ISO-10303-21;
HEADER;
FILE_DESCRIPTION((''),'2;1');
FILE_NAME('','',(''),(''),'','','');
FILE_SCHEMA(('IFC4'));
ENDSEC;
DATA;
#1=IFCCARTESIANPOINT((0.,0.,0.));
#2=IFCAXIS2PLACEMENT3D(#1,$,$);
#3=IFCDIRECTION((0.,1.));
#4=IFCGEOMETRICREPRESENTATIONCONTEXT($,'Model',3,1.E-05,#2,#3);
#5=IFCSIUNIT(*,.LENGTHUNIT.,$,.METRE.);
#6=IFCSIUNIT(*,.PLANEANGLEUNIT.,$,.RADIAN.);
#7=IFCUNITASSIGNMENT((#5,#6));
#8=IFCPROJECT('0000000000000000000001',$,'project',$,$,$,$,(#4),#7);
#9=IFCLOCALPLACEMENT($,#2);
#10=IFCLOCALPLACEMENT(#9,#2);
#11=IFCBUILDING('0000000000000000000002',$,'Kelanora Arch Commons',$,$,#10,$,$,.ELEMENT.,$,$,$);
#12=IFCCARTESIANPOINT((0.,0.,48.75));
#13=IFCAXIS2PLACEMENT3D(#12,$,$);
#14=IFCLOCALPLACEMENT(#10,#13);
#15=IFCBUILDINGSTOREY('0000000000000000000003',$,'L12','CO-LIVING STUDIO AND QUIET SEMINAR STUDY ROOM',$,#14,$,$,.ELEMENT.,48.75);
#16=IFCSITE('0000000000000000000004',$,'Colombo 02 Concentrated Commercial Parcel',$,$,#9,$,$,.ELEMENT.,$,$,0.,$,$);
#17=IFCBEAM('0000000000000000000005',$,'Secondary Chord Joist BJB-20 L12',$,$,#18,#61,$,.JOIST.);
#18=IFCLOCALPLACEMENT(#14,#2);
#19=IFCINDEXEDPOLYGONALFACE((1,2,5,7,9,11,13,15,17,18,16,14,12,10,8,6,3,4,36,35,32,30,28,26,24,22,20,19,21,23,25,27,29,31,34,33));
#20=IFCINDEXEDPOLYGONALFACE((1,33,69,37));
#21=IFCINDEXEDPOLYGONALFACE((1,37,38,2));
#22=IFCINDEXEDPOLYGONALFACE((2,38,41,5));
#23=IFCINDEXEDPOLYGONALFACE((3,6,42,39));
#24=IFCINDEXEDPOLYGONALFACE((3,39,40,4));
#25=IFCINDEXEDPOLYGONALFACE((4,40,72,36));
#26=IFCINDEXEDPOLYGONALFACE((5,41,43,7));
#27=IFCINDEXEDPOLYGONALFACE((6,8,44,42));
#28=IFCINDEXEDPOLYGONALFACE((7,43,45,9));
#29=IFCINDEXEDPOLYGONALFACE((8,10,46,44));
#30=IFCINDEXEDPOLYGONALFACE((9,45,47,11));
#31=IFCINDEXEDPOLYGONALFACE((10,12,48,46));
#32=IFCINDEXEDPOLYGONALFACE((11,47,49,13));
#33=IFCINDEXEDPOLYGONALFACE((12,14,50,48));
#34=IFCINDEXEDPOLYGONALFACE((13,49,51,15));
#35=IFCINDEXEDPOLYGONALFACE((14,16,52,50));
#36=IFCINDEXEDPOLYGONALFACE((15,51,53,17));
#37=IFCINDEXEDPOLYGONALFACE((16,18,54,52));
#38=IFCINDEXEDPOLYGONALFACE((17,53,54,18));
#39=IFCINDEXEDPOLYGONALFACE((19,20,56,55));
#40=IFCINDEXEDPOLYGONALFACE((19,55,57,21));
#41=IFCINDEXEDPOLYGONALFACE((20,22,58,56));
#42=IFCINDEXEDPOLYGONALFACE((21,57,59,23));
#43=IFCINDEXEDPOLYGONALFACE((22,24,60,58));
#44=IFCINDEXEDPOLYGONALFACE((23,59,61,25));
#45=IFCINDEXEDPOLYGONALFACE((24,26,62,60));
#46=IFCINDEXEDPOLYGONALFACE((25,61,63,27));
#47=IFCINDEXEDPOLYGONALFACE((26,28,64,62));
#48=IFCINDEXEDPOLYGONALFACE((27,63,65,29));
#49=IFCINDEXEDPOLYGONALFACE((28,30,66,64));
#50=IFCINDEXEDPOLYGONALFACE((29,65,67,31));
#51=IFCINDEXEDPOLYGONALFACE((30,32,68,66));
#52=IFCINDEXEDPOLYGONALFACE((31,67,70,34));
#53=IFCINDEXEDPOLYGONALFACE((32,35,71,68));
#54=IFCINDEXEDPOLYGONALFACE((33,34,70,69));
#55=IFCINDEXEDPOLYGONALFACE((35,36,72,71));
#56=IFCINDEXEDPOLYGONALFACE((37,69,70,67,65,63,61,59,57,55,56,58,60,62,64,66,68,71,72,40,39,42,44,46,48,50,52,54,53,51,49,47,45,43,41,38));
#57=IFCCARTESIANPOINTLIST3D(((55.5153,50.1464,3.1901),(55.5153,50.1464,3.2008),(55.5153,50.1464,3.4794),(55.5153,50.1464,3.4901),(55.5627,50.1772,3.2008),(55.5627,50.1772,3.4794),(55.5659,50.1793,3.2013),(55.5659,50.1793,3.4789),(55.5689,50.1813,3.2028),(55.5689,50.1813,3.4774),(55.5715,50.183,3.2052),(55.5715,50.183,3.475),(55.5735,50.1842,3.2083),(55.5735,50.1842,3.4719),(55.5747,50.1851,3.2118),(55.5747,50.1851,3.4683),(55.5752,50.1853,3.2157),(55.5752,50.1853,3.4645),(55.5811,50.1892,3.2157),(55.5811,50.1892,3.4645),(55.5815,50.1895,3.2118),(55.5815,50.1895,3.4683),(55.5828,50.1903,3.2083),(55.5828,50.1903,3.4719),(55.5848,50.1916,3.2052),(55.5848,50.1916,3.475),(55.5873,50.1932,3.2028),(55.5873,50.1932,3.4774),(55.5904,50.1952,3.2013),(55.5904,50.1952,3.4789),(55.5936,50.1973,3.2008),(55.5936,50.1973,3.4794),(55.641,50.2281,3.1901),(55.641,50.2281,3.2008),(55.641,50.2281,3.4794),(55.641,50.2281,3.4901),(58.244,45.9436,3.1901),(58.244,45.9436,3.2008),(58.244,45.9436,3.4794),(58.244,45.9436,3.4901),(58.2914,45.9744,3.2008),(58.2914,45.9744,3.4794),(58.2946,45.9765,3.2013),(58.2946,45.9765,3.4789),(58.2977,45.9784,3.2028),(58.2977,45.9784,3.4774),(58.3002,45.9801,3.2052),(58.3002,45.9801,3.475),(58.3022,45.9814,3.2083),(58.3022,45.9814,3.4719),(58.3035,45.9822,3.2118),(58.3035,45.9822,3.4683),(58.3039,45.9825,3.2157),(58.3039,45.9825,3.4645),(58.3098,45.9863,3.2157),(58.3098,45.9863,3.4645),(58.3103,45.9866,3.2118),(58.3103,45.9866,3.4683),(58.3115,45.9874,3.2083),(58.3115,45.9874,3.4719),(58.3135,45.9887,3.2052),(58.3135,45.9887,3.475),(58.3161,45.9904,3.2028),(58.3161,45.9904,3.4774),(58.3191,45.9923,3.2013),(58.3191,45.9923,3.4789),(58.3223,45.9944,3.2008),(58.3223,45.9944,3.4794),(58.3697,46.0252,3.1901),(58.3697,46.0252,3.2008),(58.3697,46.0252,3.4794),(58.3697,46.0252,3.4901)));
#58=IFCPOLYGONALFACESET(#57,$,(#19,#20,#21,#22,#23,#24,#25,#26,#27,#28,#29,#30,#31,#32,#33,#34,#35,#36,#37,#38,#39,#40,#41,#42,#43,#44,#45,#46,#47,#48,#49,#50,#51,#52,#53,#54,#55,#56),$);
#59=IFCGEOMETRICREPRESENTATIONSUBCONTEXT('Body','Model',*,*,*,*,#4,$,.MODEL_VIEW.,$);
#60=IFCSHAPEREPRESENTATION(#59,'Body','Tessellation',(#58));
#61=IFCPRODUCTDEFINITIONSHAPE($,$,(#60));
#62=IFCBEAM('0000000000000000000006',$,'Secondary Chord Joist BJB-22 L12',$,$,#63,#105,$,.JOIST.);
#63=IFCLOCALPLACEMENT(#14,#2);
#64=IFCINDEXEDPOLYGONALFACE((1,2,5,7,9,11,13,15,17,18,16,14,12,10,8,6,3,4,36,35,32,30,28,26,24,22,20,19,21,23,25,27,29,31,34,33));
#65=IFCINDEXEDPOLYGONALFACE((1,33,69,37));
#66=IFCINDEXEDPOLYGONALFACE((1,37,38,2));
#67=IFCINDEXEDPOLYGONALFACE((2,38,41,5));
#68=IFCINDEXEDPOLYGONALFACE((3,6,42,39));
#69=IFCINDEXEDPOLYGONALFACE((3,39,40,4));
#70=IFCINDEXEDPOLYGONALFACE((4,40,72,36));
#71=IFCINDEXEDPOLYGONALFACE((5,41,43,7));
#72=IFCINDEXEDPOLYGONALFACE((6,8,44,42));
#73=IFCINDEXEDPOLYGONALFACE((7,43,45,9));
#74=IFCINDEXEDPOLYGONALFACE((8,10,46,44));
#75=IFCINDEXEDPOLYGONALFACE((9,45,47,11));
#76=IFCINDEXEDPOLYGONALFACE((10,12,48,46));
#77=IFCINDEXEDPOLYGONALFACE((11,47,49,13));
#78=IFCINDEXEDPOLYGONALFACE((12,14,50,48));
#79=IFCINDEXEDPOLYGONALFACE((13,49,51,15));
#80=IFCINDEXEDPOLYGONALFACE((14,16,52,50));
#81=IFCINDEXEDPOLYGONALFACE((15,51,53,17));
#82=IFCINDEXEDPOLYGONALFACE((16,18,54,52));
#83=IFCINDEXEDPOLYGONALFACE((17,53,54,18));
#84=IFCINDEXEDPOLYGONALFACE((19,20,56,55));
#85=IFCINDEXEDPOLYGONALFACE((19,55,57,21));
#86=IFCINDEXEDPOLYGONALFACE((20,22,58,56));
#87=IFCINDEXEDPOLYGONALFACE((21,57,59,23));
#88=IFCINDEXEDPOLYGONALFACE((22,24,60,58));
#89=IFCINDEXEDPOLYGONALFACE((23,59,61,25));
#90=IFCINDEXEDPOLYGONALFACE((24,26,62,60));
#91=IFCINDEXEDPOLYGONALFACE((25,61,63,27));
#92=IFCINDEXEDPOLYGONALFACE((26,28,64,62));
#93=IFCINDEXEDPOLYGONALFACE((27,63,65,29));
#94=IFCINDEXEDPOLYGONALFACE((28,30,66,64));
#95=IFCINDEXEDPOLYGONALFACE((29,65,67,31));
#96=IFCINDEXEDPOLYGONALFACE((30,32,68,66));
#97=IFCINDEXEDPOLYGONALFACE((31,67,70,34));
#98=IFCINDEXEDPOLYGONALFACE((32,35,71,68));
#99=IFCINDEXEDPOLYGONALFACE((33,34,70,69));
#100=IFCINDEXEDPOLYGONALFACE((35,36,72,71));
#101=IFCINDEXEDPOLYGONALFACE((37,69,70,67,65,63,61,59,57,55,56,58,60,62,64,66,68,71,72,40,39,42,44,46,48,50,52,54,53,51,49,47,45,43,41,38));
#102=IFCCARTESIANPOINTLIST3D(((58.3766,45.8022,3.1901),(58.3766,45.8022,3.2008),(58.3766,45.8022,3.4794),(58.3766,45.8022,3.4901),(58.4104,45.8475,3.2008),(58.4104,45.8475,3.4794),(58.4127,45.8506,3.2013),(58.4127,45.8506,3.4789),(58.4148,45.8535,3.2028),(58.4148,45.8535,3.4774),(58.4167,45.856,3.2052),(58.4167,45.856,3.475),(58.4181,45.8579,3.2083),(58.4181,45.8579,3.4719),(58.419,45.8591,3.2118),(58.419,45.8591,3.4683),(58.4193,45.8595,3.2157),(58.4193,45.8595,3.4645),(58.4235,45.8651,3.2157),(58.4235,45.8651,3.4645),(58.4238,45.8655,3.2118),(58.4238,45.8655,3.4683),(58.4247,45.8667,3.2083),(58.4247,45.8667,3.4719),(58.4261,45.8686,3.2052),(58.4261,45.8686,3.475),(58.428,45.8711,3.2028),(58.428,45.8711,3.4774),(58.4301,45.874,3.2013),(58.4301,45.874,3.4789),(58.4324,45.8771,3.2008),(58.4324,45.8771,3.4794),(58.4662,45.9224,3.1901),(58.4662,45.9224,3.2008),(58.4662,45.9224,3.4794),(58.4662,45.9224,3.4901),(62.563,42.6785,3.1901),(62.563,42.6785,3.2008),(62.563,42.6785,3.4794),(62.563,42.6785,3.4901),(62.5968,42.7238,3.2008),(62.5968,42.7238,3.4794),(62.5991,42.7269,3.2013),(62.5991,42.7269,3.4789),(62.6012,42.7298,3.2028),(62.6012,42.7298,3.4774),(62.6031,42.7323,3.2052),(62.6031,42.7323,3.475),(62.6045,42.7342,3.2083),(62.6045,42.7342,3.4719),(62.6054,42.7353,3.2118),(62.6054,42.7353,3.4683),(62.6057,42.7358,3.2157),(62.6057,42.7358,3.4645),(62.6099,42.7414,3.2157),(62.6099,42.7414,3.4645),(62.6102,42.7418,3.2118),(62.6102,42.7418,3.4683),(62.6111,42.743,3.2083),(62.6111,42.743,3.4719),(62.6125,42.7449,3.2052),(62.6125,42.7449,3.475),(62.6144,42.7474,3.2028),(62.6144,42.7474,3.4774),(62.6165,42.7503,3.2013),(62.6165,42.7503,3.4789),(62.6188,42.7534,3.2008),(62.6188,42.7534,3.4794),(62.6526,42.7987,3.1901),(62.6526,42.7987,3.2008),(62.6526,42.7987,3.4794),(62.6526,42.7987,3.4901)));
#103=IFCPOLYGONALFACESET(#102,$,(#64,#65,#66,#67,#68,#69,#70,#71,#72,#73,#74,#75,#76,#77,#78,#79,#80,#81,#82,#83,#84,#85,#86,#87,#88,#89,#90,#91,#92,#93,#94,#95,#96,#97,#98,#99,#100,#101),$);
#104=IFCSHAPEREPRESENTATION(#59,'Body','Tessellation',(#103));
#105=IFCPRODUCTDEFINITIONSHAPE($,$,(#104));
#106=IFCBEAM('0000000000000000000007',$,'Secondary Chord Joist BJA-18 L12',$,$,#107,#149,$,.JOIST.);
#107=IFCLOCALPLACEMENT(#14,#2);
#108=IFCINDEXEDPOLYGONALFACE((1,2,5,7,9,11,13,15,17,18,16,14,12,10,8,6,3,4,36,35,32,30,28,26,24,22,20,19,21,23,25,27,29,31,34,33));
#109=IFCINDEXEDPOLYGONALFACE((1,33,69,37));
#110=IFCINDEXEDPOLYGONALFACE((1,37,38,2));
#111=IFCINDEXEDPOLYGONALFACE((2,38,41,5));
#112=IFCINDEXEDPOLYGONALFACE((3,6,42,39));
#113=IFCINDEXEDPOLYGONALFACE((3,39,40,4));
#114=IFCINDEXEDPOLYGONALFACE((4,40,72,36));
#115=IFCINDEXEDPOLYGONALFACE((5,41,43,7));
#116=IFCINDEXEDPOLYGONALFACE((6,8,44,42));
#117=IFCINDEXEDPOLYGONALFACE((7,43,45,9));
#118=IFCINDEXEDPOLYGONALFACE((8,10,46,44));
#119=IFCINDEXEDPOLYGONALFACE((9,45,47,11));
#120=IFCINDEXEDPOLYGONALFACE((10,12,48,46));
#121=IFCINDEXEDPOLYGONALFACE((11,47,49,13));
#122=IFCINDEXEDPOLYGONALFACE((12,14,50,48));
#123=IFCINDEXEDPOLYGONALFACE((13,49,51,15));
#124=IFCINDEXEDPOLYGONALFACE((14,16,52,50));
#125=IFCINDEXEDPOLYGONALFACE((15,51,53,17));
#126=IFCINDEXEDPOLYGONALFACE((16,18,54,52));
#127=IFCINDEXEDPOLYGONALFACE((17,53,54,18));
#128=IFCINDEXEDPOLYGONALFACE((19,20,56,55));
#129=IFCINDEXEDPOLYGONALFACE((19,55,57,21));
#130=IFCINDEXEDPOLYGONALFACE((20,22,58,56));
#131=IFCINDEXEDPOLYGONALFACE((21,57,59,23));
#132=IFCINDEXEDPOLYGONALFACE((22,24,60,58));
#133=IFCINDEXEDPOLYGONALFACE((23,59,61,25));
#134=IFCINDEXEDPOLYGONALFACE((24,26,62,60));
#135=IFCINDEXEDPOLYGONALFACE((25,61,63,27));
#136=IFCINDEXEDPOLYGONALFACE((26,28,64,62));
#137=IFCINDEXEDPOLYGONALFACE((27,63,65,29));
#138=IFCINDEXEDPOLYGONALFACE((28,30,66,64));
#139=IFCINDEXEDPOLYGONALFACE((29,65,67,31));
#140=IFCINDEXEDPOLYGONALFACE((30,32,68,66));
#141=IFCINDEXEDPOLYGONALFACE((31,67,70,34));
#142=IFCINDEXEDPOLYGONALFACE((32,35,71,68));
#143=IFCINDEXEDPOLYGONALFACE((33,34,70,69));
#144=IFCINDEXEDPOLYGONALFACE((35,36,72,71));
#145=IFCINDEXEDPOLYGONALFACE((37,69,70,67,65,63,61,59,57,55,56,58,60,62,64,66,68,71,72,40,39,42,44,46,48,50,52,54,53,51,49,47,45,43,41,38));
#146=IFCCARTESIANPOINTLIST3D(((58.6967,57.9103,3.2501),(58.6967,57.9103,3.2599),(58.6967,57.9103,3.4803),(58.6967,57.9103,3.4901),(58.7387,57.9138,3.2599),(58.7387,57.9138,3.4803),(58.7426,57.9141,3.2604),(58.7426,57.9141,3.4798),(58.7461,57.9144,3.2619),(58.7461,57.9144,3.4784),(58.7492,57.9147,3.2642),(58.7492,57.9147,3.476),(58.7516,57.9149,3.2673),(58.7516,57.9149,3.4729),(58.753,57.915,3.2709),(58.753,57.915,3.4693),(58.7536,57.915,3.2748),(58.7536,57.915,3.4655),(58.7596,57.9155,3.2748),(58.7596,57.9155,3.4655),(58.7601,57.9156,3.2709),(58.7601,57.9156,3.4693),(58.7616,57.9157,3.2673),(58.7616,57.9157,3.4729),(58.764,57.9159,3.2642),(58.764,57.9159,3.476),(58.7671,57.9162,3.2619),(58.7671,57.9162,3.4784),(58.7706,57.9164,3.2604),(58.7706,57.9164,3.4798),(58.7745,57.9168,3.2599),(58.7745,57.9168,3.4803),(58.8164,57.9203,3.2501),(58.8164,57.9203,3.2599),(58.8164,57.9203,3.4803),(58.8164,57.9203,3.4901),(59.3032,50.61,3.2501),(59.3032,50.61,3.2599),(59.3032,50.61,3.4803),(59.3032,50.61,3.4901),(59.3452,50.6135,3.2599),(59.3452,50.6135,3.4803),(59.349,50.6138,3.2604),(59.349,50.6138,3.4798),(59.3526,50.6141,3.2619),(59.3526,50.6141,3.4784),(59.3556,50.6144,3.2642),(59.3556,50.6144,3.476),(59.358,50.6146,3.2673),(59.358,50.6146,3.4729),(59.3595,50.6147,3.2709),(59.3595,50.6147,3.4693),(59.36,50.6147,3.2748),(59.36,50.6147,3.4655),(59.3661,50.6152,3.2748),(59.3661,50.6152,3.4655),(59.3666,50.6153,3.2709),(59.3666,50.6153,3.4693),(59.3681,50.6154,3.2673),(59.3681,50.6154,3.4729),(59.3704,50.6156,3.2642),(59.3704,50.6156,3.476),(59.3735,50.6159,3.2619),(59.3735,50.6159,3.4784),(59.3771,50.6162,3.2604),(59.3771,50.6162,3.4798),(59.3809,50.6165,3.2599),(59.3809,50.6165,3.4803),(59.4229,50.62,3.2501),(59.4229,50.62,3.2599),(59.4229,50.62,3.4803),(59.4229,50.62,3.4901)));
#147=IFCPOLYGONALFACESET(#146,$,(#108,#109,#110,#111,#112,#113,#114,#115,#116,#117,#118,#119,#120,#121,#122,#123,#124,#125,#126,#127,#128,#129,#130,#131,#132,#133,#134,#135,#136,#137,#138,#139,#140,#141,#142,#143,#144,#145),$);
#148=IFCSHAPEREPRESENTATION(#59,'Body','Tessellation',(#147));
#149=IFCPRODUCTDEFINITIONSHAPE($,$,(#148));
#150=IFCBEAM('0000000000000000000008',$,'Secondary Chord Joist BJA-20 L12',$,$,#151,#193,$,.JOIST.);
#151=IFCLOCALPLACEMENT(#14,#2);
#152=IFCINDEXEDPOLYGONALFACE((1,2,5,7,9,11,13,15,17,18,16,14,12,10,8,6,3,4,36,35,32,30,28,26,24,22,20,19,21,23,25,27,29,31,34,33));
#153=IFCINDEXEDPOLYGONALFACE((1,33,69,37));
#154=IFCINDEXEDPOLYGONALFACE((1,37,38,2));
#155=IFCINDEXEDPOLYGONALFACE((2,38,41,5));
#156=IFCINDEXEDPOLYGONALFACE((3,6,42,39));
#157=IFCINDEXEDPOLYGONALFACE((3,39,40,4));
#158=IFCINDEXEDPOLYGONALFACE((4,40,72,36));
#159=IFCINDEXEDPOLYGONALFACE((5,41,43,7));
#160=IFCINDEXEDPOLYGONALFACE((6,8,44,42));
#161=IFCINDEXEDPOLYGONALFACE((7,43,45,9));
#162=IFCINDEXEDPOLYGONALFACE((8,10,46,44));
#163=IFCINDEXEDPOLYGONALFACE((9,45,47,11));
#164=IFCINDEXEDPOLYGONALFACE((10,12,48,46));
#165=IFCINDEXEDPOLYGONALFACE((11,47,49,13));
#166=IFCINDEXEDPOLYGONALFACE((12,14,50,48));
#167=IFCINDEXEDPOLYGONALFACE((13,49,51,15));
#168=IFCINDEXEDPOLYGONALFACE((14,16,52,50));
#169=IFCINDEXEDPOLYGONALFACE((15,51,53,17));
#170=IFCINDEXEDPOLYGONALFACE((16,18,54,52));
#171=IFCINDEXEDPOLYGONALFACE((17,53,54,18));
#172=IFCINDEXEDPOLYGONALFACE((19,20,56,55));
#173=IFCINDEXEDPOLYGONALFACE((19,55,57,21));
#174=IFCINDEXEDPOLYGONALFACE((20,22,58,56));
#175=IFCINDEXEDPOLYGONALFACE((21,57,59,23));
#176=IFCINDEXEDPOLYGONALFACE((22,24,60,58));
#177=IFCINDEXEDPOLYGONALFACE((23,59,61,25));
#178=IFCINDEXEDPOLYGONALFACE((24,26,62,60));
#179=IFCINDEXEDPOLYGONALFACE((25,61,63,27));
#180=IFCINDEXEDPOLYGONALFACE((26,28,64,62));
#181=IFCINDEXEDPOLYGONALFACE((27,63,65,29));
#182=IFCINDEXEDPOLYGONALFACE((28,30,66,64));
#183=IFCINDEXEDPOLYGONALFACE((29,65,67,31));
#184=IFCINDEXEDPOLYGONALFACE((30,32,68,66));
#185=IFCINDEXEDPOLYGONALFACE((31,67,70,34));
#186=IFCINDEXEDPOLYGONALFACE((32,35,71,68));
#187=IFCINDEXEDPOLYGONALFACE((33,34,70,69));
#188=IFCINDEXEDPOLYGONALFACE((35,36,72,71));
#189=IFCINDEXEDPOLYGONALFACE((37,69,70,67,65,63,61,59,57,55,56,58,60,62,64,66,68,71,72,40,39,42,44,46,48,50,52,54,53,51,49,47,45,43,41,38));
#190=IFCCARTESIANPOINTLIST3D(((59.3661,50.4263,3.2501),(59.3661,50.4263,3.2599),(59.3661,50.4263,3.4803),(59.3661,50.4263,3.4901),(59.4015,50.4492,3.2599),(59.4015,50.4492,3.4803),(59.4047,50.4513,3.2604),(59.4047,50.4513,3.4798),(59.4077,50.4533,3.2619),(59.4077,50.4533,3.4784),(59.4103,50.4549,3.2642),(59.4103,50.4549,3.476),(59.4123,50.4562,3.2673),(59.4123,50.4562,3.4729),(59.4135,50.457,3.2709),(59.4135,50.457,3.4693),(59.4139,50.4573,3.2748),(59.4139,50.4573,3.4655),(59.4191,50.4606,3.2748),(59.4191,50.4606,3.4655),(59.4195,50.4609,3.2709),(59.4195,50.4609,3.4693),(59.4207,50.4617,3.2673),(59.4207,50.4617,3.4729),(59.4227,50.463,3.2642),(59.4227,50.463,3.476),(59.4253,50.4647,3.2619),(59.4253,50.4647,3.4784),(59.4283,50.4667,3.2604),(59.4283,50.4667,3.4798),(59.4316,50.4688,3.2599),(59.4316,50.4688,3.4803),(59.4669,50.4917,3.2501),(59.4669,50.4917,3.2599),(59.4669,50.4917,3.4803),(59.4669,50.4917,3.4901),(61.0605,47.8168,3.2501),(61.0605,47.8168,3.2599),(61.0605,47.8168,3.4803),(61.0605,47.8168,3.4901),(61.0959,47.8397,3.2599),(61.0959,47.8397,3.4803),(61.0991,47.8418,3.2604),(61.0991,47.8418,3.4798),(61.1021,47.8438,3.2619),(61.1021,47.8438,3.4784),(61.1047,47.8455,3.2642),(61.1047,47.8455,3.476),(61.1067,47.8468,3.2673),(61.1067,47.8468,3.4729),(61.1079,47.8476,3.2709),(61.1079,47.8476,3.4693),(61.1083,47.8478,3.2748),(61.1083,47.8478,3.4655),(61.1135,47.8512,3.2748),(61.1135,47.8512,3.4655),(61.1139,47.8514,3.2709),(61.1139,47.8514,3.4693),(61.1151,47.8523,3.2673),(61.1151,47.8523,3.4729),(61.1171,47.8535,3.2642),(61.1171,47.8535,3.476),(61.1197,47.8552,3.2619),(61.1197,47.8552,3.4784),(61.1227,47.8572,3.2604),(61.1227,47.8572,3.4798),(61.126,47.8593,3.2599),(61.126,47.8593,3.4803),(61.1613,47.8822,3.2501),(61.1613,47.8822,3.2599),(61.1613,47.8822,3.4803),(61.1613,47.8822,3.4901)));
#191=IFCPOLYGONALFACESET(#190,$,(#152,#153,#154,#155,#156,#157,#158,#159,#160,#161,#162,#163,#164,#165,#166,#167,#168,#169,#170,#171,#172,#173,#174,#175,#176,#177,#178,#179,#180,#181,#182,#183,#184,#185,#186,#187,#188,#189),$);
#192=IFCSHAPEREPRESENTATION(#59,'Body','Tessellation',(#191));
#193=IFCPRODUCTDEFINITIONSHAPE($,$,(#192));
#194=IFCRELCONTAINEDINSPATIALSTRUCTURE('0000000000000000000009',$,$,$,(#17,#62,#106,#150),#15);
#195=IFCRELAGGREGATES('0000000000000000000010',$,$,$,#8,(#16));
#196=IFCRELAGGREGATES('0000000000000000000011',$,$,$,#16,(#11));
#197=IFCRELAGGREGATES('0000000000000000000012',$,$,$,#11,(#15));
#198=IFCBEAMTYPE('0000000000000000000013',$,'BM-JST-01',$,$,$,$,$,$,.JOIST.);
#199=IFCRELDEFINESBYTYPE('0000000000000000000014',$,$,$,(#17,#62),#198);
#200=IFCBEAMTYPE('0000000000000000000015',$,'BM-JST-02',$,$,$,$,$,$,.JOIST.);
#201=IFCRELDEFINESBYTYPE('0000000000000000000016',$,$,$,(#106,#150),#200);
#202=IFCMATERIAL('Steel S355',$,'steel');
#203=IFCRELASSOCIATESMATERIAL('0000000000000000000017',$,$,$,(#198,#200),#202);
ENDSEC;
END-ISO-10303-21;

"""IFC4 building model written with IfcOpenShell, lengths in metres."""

from ifc_helpers import new_model, si_unit, direction, frame, origin, origin_2d, place, context, subcontext, project, spatial, i_section, extrude, material, material_profile, profile_set, type_object, element, save


model = new_model("IFC4")

# Units and contexts
model_context = context("Model", 3, precision=1e-05, world=origin(), true_north=direction((0.0, 1.0)))
body_context = subcontext(model_context, "Body", "Model", "MODEL_VIEW")
ifc_project = project(units=[si_unit("LENGTHUNIT", "METRE"), si_unit("PLANEANGLEUNIT", "RADIAN")], contexts=[model_context])

# Site, building, storey
site_placement = place(None, origin())
site = spatial("IfcSite", under=ifc_project, at=site_placement, Name="Colombo 02 Concentrated Commercial Parcel", CompositionType="ELEMENT", RefElevation=0.0)
building_placement = place(site_placement, origin())
building = spatial("IfcBuilding", under=site, at=building_placement, Name="Kelanora Arch Commons", CompositionType="ELEMENT")
storey_placement = place(building_placement, frame((0.0, 0.0, 48.75)))
storey = spatial("IfcBuildingStorey", under=building, at=storey_placement, Name="L12", Description="CO-LIVING STUDIO AND QUIET SEMINAR STUDY ROOM", CompositionType="ELEMENT", Elevation=48.75)

# Beams
ifc_material_1 = material(Name="Steel S355", Category="steel")
ifc_material_profile_1 = material_profile(ifc_material_1, i_section(OverallWidth=0.1499, OverallDepth=0.3, WebThickness=0.0071, FlangeThickness=0.0107, FilletRadius=0.0149, at=origin_2d()), Name="IPE300")
ifc_profile_set_1 = profile_set([ifc_material_profile_1], Name="Steel S355")
beam_type_1 = type_object("IfcBeamType", Name="BM-JST-01", PredefinedType="JOIST", material=ifc_profile_set_1)
beam_1_placement = place(storey_placement, frame((55.5781, 50.1873, 3.3401), z_axis=(0.544552, -0.838727, 0.0), x_axis=(0.838727, 0.544552, 0.0)))
element("IfcBeam", 1, at=beam_1_placement, inside=storey, type_object=beam_type_1, Name="Secondary Chord Joist BJB-20 L12", PredefinedType="JOIST", context=body_context, shape_type="SweptSolid", body=[
    extrude(i_section(OverallWidth=0.1499, OverallDepth=0.3, WebThickness=0.0071, FlangeThickness=0.0107, FilletRadius=0.0149, at=origin_2d()), origin(), (0.0, 0.0, 1.0), 5.011),
])
beam_2_placement = place(storey_placement, frame((58.4214, 45.8623, 3.3401), z_axis=(0.801478, -0.598024, 0.0), x_axis=(0.598024, 0.801478, 0.0)))
element("IfcBeam", 2, at=beam_2_placement, inside=storey, type_object=beam_type_1, Name="Secondary Chord Joist BJB-22 L12", PredefinedType="JOIST", context=body_context, shape_type="SweptSolid", body=[
    extrude(i_section(OverallWidth=0.1499, OverallDepth=0.3, WebThickness=0.0071, FlangeThickness=0.0107, FilletRadius=0.0149, at=origin_2d()), origin(), (0.0, 0.0, 1.0), 5.2234),
])
ifc_material_profile_2 = material_profile(ifc_material_1, i_section(OverallWidth=0.1201, OverallDepth=0.24, WebThickness=0.0061, FlangeThickness=0.0098, FilletRadius=0.0149, at=origin_2d()), Name="IPE240")
ifc_profile_set_2 = profile_set([ifc_material_profile_2], Name="Steel S355")
beam_type_2 = type_object("IfcBeamType", Name="BM-JST-02", PredefinedType="JOIST", material=ifc_profile_set_2)
beam_3_placement = place(storey_placement, frame((58.7566, 57.9153, 3.3701), z_axis=(0.082786, -0.996567, 0.0), x_axis=(0.996567, 0.082786, 0.0)))
element("IfcBeam", 3, at=beam_3_placement, inside=storey, type_object=beam_type_2, Name="Secondary Chord Joist BJA-18 L12", PredefinedType="JOIST", context=body_context, shape_type="SweptSolid", body=[
    extrude(i_section(OverallWidth=0.1201, OverallDepth=0.24, WebThickness=0.0061, FlangeThickness=0.0098, FilletRadius=0.0149, at=origin_2d()), origin(), (0.0, 0.0, 1.0), 7.3254),
])
beam_4_placement = place(storey_placement, frame((59.4165, 50.459, 3.3701), z_axis=(0.544591, -0.838702, 0.0), x_axis=(0.838702, 0.544591, 0.0)))
element("IfcBeam", 4, at=beam_4_placement, inside=storey, type_object=beam_type_2, Name="Secondary Chord Joist BJA-20 L12", PredefinedType="JOIST", context=body_context, shape_type="SweptSolid", body=[
    extrude(i_section(OverallWidth=0.1201, OverallDepth=0.24, WebThickness=0.0061, FlangeThickness=0.0098, FilletRadius=0.0149, at=origin_2d()), origin(), (0.0, 0.0, 1.0), 3.1113),
])

save(model, "model.ifc")
